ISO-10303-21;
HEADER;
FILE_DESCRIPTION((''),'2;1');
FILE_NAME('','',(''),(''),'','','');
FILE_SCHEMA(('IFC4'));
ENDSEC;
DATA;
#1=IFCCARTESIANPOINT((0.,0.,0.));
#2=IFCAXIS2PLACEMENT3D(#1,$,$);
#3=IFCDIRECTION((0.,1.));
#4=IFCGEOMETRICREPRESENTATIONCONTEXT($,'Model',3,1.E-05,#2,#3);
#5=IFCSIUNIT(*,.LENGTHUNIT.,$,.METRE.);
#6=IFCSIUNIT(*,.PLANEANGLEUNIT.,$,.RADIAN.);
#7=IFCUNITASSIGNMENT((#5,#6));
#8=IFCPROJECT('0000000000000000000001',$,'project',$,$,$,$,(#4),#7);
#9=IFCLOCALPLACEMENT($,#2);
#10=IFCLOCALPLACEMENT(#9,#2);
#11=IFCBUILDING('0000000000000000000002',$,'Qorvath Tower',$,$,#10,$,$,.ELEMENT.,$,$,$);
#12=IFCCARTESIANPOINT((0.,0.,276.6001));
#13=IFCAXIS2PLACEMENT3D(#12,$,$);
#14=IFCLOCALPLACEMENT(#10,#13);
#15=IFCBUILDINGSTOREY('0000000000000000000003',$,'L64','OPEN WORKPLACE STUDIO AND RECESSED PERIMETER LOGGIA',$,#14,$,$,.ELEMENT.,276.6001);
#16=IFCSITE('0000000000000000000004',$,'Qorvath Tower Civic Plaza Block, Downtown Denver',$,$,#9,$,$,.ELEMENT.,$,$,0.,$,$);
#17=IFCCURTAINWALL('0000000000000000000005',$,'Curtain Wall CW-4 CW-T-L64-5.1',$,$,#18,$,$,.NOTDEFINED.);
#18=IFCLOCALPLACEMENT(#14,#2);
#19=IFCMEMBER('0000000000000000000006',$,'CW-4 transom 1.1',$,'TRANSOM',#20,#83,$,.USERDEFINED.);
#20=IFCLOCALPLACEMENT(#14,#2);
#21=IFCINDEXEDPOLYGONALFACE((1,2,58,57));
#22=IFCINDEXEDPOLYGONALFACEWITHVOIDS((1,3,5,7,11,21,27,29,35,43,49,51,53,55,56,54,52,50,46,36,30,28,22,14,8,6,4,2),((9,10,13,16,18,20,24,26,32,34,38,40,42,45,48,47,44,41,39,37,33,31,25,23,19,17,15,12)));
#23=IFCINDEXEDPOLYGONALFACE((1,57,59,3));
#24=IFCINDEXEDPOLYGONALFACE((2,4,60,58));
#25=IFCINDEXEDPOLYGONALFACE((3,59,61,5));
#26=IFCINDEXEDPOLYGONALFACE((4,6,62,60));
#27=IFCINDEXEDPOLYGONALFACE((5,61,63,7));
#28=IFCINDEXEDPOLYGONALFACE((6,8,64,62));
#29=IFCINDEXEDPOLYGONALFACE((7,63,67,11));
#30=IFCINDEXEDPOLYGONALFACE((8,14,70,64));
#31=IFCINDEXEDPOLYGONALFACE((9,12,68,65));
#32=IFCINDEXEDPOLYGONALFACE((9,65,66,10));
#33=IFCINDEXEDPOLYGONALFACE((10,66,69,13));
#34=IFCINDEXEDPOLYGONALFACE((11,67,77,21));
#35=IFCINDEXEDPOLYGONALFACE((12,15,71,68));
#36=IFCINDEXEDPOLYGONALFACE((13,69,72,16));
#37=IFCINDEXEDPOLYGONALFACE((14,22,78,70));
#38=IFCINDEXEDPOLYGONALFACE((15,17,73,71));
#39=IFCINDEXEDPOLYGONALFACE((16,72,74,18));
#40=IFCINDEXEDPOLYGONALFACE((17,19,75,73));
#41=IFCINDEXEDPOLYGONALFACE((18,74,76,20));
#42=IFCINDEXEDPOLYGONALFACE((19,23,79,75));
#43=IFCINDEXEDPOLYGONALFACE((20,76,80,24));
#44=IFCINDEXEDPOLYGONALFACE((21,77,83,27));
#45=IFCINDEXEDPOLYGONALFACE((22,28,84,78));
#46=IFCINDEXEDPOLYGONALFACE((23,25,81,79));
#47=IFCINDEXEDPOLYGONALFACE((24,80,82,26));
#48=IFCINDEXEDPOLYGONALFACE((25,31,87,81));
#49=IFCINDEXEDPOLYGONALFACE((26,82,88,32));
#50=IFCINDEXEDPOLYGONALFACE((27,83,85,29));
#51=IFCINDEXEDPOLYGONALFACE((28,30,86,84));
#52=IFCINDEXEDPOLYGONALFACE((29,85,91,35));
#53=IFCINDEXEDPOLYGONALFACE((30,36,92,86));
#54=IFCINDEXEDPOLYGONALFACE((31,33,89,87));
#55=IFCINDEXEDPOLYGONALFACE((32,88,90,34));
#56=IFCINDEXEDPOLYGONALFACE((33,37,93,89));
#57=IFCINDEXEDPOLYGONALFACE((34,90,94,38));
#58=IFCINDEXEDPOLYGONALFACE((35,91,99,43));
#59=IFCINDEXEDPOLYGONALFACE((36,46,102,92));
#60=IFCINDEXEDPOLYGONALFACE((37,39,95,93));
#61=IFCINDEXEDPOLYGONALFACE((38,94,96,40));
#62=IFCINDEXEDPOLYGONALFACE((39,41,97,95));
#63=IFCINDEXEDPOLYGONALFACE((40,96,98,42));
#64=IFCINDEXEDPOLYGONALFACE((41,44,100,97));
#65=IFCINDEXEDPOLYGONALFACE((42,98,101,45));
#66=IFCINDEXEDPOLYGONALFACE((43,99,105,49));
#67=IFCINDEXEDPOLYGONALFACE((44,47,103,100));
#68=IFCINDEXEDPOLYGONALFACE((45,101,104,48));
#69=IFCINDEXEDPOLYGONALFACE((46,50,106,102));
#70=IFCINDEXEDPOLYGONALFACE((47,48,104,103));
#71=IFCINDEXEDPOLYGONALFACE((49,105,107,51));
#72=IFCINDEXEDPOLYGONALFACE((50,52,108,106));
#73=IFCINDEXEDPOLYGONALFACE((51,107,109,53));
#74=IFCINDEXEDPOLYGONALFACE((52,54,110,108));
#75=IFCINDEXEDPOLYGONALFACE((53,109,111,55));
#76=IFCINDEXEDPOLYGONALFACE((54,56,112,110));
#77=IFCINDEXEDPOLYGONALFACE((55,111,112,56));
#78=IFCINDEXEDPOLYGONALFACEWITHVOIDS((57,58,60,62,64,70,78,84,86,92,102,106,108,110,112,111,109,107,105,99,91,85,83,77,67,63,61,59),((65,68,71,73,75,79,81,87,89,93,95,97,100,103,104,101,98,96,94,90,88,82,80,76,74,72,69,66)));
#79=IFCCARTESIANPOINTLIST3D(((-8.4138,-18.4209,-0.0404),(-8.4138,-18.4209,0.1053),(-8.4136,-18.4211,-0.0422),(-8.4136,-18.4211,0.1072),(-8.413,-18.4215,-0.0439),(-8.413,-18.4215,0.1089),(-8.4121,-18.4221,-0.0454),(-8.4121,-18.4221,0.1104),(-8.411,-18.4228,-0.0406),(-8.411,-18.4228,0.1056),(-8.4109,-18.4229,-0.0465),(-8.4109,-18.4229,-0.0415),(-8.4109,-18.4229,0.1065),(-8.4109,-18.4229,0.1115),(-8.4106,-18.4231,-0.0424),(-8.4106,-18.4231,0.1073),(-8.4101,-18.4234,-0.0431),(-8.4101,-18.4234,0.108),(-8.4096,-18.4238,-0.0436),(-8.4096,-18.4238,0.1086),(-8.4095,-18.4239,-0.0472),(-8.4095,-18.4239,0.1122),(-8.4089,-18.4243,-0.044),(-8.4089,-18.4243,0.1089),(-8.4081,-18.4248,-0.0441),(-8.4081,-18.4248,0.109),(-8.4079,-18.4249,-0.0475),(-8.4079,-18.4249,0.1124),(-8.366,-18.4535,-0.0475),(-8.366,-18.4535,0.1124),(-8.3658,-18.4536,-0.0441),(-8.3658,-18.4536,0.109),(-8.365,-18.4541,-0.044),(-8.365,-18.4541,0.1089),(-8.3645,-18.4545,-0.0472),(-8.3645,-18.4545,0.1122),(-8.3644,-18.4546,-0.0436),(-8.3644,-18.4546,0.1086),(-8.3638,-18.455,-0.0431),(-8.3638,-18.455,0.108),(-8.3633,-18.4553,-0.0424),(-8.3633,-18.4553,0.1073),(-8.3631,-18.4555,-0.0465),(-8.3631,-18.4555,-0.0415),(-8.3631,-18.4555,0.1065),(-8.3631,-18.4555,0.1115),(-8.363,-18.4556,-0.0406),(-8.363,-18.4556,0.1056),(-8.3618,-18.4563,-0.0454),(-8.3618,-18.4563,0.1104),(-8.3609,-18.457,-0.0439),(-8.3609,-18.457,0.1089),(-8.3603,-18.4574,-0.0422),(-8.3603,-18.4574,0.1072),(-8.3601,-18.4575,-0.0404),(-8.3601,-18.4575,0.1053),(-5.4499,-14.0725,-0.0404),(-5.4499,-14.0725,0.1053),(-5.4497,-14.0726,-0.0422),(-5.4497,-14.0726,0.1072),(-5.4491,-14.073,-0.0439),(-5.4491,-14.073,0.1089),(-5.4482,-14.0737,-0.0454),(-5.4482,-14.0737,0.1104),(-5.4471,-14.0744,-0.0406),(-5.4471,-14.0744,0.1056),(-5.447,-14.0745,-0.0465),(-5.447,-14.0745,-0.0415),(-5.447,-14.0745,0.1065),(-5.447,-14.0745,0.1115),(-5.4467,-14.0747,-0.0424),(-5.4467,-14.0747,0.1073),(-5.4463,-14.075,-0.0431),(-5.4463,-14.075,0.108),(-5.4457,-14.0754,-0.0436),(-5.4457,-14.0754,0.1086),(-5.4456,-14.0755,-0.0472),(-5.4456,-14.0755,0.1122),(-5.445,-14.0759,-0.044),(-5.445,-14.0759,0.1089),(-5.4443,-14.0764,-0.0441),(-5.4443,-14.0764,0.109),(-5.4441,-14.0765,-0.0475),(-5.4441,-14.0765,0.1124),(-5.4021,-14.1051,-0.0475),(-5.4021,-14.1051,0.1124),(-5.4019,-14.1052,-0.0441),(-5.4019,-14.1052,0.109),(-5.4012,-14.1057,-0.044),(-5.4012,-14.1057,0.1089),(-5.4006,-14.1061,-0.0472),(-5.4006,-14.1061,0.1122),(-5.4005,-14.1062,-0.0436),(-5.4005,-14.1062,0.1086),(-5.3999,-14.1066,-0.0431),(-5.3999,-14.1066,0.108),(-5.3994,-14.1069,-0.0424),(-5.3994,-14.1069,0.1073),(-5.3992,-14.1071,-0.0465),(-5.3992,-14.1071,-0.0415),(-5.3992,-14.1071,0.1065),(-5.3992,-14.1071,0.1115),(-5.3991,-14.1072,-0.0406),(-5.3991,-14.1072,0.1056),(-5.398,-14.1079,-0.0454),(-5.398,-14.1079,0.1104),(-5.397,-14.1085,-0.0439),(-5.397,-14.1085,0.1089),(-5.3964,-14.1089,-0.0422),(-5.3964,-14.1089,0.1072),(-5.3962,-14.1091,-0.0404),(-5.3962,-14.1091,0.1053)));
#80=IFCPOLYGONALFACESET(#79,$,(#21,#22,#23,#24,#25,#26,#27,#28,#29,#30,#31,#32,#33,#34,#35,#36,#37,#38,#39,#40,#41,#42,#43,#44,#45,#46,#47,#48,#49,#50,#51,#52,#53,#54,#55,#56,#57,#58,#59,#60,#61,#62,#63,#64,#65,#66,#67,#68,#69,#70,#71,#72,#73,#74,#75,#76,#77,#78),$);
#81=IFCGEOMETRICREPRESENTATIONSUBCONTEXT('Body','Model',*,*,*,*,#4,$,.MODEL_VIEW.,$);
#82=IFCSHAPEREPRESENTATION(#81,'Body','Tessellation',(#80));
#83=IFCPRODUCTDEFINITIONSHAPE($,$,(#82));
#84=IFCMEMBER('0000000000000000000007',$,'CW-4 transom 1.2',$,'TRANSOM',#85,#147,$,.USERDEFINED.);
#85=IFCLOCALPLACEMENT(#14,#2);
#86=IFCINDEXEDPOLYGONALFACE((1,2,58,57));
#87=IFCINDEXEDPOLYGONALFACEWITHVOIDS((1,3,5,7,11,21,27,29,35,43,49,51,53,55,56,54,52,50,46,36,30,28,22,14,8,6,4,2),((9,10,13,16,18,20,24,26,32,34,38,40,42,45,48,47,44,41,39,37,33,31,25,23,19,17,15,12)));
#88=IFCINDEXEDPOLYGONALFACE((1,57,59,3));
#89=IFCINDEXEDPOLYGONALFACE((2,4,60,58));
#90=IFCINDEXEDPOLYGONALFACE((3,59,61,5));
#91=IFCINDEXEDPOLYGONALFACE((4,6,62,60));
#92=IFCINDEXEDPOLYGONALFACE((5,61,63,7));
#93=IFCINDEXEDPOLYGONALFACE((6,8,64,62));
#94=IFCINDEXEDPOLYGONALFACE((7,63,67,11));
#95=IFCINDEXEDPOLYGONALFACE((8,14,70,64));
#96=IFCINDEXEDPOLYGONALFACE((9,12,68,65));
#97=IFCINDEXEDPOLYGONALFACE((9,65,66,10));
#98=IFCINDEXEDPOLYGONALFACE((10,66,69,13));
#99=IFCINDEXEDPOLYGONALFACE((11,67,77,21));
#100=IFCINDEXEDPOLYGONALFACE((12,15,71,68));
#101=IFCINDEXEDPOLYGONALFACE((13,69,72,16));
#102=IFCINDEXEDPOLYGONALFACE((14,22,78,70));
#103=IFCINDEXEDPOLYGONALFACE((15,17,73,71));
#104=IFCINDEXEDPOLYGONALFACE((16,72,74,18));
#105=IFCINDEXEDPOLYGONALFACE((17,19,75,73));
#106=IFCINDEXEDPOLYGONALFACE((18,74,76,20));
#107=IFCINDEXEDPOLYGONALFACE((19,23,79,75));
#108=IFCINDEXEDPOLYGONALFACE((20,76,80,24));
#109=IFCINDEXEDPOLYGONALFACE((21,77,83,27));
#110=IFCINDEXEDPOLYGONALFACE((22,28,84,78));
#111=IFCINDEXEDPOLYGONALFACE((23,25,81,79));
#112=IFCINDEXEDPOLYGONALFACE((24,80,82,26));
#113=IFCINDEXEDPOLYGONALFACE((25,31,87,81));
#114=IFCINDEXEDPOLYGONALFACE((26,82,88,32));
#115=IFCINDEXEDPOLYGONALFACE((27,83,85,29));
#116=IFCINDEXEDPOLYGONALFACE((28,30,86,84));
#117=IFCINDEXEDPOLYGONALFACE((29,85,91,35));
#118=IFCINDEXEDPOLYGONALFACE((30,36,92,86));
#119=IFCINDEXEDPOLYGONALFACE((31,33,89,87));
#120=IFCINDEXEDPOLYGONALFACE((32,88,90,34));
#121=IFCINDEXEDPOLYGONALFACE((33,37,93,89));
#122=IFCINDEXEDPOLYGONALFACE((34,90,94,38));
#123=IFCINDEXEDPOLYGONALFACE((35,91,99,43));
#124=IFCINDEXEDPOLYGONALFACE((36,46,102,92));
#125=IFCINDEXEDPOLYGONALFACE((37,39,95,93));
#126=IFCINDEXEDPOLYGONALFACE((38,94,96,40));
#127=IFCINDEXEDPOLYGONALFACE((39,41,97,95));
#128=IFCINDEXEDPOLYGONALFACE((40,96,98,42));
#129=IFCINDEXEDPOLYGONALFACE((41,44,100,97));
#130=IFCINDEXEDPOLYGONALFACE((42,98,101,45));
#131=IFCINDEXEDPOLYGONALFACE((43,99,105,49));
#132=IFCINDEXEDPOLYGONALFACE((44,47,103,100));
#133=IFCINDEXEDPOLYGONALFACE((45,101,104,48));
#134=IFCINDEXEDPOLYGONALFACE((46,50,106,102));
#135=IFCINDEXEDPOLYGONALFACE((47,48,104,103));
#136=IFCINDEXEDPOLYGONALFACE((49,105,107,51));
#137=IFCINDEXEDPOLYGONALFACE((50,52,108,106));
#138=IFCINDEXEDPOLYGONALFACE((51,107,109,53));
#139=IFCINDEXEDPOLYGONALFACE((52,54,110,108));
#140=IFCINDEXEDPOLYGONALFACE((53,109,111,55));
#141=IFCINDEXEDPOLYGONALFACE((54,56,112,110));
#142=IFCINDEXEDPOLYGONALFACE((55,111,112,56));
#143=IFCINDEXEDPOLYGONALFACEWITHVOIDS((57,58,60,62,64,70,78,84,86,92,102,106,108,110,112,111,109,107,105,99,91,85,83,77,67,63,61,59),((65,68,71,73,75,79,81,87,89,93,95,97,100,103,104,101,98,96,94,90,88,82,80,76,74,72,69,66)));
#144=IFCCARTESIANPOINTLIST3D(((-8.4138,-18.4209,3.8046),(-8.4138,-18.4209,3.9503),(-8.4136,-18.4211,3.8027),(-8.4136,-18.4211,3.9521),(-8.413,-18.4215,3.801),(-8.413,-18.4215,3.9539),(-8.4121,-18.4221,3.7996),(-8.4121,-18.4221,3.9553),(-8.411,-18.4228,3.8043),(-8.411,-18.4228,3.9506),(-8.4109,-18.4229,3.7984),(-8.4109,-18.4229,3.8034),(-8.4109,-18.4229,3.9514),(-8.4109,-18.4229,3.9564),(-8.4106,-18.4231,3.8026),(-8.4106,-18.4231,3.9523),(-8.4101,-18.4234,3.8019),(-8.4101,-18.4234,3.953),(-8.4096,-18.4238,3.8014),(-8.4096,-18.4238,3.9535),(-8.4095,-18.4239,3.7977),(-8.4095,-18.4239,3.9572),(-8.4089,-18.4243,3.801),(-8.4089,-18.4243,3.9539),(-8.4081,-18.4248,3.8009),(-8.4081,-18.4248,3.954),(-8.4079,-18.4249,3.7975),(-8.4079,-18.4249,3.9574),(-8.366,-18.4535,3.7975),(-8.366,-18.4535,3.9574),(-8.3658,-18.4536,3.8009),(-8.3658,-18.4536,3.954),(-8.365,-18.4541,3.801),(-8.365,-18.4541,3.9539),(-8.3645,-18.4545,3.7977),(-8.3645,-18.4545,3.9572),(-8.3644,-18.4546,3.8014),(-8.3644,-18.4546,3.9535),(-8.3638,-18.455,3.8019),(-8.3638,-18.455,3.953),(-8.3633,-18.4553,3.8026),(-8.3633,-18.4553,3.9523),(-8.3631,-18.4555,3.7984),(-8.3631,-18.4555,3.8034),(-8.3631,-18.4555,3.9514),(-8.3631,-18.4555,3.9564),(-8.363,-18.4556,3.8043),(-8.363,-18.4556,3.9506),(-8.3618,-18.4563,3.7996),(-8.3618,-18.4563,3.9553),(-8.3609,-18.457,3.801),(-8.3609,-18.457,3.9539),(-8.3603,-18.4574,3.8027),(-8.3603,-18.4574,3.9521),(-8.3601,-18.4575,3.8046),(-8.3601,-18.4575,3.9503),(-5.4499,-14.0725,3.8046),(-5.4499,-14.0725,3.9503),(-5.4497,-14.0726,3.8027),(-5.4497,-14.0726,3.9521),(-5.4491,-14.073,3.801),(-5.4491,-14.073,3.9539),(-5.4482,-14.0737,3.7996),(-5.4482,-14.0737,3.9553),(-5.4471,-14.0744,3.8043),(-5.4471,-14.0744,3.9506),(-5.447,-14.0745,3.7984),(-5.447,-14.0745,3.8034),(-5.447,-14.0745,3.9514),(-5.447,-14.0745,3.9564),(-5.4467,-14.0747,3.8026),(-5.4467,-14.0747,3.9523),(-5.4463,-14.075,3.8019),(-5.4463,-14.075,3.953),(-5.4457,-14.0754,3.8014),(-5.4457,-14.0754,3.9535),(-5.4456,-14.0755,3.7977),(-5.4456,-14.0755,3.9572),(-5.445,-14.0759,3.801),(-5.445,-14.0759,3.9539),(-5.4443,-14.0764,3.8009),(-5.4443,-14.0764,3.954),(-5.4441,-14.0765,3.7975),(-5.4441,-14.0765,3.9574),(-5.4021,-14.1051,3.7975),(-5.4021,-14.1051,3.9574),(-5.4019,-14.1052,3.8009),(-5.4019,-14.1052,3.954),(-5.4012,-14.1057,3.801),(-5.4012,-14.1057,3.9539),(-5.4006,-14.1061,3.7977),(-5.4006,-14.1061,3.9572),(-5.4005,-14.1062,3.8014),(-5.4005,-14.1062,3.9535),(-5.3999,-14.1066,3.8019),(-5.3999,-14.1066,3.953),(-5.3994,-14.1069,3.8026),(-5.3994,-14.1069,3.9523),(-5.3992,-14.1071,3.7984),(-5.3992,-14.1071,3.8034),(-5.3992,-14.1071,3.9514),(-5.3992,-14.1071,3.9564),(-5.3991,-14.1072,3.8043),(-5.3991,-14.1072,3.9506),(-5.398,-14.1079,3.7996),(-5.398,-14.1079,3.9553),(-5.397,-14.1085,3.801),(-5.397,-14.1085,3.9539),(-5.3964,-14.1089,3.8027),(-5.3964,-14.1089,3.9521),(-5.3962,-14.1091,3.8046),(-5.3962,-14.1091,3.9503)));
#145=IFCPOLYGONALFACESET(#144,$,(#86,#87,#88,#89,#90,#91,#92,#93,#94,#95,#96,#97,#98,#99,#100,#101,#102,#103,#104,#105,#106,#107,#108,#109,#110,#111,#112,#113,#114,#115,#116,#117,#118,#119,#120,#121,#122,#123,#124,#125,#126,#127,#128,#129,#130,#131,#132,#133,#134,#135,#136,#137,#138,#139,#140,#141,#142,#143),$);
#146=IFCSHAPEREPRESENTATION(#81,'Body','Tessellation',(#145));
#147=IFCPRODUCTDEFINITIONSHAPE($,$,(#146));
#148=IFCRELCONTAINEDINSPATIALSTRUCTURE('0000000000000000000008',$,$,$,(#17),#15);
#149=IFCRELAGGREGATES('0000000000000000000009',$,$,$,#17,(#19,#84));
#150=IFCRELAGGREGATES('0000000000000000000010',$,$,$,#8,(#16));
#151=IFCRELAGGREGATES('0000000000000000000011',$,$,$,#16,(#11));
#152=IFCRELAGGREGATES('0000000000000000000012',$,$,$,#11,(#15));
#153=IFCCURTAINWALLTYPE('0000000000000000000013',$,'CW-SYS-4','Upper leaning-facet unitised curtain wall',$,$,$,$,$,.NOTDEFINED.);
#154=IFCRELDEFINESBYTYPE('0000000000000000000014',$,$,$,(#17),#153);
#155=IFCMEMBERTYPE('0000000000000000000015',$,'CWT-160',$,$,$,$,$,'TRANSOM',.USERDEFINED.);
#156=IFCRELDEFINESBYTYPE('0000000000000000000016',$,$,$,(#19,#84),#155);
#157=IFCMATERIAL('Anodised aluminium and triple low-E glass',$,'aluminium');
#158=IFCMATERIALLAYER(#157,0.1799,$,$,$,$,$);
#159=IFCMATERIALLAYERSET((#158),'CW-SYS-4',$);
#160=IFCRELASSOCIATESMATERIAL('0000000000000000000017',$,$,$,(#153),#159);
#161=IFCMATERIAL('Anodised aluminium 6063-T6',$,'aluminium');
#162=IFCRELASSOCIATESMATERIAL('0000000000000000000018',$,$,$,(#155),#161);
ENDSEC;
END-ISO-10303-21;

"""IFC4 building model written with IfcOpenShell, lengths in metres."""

from ifc_helpers import new_model, si_unit, direction, frame, origin, origin_2d, place, context, subcontext, project, spatial, hollow_rectangle, extrude, material, layer, layer_set, material_profile, profile_set, type_object, element, aggregate, save


model = new_model("IFC4")

# Units and contexts
model_context = context("Model", 3, precision=1e-05, world=origin(), true_north=direction((0.0, 1.0)))
body_context = subcontext(model_context, "Body", "Model", "MODEL_VIEW")
ifc_project = project(units=[si_unit("LENGTHUNIT", "METRE"), si_unit("PLANEANGLEUNIT", "RADIAN")], contexts=[model_context])

# Site, building, storey
site_placement = place(None, origin())
site = spatial("IfcSite", under=ifc_project, at=site_placement, Name="Qorvath Tower Civic Plaza Block, Downtown Denver", CompositionType="ELEMENT", RefElevation=0.0)
building_placement = place(site_placement, origin())
building = spatial("IfcBuilding", under=site, at=building_placement, Name="Qorvath Tower", CompositionType="ELEMENT")
storey_placement = place(building_placement, frame((0.0, 0.0, 276.6001)))
storey = spatial("IfcBuildingStorey", under=building, at=storey_placement, Name="L64", Description="OPEN WORKPLACE STUDIO AND RECESSED PERIMETER LOGGIA", CompositionType="ELEMENT", Elevation=276.6001)

# Shared definitions
ifc_material_1 = material(Name="Anodised aluminium and triple low-E glass", Category="aluminium")
ifc_layer_1 = layer(ifc_material_1, 0.1799)
ifc_layer_set_1 = layer_set([ifc_layer_1], Name="CW-SYS-4")
curtain_wall_type = type_object("IfcCurtainWallType", Name="CW-SYS-4", Description="Upper leaning-facet unitised curtain wall", PredefinedType="NOTDEFINED", material=ifc_layer_set_1)

# Curtain wall
curtain_wall_1_placement = place(storey_placement, origin())
curtain_wall_1 = element("IfcCurtainWall", 1, at=curtain_wall_1_placement, inside=storey, type_object=curtain_wall_type, Name="Curtain Wall CW-4 CW-T-L64-5.1", PredefinedType="NOTDEFINED")

# Members
ifc_material_2 = material(Name="Anodised aluminium 6063-T6", Category="aluminium")
ifc_material_profile_1 = material_profile(ifc_material_2, hollow_rectangle(XDim=0.0649, YDim=0.1599, WallThickness=0.0034, InnerFilletRadius=0.0034, OuterFilletRadius=0.0071, at=origin_2d()), Name="CWT 160x65")
ifc_profile_set_1 = profile_set([ifc_material_profile_1], Name="Anodised aluminium 6063-T6")
member_type_1 = type_object("IfcMemberType", Name="CWT-160", ElementType="TRANSOM", PredefinedType="USERDEFINED", material=ifc_profile_set_1)
member_1_placement = place(storey_placement, frame((-8.387, -18.4392, 0.0325), z_axis=(0.563214, 0.826311, 0.0), x_axis=(-0.826311, 0.563214, 0.0)))
member_1 = element("IfcMember", 2, at=member_1_placement, type_object=member_type_1, Name="CW-4 transom 1.1", ObjectType="TRANSOM", PredefinedType="USERDEFINED", context=body_context, shape_type="SweptSolid", body=[
    extrude(hollow_rectangle(XDim=0.0649, YDim=0.1599, WallThickness=0.0034, InnerFilletRadius=0.0034, OuterFilletRadius=0.0071, at=origin_2d()), origin(), (0.0, 0.0, 1.0), 5.2625),
])
member_2_placement = place(storey_placement, frame((-8.387, -18.4392, 3.8774), z_axis=(0.563214, 0.826311, 0.0), x_axis=(-0.826311, 0.563214, 0.0)))
member_2 = element("IfcMember", 3, at=member_2_placement, type_object=member_type_1, Name="CW-4 transom 1.2", ObjectType="TRANSOM", PredefinedType="USERDEFINED", context=body_context, shape_type="SweptSolid", body=[
    extrude(hollow_rectangle(XDim=0.0649, YDim=0.1599, WallThickness=0.0034, InnerFilletRadius=0.0034, OuterFilletRadius=0.0071, at=origin_2d()), origin(), (0.0, 0.0, 1.0), 5.2625),
])

aggregate(curtain_wall_1, [member_1, member_2])

save(model, "model.ifc")
